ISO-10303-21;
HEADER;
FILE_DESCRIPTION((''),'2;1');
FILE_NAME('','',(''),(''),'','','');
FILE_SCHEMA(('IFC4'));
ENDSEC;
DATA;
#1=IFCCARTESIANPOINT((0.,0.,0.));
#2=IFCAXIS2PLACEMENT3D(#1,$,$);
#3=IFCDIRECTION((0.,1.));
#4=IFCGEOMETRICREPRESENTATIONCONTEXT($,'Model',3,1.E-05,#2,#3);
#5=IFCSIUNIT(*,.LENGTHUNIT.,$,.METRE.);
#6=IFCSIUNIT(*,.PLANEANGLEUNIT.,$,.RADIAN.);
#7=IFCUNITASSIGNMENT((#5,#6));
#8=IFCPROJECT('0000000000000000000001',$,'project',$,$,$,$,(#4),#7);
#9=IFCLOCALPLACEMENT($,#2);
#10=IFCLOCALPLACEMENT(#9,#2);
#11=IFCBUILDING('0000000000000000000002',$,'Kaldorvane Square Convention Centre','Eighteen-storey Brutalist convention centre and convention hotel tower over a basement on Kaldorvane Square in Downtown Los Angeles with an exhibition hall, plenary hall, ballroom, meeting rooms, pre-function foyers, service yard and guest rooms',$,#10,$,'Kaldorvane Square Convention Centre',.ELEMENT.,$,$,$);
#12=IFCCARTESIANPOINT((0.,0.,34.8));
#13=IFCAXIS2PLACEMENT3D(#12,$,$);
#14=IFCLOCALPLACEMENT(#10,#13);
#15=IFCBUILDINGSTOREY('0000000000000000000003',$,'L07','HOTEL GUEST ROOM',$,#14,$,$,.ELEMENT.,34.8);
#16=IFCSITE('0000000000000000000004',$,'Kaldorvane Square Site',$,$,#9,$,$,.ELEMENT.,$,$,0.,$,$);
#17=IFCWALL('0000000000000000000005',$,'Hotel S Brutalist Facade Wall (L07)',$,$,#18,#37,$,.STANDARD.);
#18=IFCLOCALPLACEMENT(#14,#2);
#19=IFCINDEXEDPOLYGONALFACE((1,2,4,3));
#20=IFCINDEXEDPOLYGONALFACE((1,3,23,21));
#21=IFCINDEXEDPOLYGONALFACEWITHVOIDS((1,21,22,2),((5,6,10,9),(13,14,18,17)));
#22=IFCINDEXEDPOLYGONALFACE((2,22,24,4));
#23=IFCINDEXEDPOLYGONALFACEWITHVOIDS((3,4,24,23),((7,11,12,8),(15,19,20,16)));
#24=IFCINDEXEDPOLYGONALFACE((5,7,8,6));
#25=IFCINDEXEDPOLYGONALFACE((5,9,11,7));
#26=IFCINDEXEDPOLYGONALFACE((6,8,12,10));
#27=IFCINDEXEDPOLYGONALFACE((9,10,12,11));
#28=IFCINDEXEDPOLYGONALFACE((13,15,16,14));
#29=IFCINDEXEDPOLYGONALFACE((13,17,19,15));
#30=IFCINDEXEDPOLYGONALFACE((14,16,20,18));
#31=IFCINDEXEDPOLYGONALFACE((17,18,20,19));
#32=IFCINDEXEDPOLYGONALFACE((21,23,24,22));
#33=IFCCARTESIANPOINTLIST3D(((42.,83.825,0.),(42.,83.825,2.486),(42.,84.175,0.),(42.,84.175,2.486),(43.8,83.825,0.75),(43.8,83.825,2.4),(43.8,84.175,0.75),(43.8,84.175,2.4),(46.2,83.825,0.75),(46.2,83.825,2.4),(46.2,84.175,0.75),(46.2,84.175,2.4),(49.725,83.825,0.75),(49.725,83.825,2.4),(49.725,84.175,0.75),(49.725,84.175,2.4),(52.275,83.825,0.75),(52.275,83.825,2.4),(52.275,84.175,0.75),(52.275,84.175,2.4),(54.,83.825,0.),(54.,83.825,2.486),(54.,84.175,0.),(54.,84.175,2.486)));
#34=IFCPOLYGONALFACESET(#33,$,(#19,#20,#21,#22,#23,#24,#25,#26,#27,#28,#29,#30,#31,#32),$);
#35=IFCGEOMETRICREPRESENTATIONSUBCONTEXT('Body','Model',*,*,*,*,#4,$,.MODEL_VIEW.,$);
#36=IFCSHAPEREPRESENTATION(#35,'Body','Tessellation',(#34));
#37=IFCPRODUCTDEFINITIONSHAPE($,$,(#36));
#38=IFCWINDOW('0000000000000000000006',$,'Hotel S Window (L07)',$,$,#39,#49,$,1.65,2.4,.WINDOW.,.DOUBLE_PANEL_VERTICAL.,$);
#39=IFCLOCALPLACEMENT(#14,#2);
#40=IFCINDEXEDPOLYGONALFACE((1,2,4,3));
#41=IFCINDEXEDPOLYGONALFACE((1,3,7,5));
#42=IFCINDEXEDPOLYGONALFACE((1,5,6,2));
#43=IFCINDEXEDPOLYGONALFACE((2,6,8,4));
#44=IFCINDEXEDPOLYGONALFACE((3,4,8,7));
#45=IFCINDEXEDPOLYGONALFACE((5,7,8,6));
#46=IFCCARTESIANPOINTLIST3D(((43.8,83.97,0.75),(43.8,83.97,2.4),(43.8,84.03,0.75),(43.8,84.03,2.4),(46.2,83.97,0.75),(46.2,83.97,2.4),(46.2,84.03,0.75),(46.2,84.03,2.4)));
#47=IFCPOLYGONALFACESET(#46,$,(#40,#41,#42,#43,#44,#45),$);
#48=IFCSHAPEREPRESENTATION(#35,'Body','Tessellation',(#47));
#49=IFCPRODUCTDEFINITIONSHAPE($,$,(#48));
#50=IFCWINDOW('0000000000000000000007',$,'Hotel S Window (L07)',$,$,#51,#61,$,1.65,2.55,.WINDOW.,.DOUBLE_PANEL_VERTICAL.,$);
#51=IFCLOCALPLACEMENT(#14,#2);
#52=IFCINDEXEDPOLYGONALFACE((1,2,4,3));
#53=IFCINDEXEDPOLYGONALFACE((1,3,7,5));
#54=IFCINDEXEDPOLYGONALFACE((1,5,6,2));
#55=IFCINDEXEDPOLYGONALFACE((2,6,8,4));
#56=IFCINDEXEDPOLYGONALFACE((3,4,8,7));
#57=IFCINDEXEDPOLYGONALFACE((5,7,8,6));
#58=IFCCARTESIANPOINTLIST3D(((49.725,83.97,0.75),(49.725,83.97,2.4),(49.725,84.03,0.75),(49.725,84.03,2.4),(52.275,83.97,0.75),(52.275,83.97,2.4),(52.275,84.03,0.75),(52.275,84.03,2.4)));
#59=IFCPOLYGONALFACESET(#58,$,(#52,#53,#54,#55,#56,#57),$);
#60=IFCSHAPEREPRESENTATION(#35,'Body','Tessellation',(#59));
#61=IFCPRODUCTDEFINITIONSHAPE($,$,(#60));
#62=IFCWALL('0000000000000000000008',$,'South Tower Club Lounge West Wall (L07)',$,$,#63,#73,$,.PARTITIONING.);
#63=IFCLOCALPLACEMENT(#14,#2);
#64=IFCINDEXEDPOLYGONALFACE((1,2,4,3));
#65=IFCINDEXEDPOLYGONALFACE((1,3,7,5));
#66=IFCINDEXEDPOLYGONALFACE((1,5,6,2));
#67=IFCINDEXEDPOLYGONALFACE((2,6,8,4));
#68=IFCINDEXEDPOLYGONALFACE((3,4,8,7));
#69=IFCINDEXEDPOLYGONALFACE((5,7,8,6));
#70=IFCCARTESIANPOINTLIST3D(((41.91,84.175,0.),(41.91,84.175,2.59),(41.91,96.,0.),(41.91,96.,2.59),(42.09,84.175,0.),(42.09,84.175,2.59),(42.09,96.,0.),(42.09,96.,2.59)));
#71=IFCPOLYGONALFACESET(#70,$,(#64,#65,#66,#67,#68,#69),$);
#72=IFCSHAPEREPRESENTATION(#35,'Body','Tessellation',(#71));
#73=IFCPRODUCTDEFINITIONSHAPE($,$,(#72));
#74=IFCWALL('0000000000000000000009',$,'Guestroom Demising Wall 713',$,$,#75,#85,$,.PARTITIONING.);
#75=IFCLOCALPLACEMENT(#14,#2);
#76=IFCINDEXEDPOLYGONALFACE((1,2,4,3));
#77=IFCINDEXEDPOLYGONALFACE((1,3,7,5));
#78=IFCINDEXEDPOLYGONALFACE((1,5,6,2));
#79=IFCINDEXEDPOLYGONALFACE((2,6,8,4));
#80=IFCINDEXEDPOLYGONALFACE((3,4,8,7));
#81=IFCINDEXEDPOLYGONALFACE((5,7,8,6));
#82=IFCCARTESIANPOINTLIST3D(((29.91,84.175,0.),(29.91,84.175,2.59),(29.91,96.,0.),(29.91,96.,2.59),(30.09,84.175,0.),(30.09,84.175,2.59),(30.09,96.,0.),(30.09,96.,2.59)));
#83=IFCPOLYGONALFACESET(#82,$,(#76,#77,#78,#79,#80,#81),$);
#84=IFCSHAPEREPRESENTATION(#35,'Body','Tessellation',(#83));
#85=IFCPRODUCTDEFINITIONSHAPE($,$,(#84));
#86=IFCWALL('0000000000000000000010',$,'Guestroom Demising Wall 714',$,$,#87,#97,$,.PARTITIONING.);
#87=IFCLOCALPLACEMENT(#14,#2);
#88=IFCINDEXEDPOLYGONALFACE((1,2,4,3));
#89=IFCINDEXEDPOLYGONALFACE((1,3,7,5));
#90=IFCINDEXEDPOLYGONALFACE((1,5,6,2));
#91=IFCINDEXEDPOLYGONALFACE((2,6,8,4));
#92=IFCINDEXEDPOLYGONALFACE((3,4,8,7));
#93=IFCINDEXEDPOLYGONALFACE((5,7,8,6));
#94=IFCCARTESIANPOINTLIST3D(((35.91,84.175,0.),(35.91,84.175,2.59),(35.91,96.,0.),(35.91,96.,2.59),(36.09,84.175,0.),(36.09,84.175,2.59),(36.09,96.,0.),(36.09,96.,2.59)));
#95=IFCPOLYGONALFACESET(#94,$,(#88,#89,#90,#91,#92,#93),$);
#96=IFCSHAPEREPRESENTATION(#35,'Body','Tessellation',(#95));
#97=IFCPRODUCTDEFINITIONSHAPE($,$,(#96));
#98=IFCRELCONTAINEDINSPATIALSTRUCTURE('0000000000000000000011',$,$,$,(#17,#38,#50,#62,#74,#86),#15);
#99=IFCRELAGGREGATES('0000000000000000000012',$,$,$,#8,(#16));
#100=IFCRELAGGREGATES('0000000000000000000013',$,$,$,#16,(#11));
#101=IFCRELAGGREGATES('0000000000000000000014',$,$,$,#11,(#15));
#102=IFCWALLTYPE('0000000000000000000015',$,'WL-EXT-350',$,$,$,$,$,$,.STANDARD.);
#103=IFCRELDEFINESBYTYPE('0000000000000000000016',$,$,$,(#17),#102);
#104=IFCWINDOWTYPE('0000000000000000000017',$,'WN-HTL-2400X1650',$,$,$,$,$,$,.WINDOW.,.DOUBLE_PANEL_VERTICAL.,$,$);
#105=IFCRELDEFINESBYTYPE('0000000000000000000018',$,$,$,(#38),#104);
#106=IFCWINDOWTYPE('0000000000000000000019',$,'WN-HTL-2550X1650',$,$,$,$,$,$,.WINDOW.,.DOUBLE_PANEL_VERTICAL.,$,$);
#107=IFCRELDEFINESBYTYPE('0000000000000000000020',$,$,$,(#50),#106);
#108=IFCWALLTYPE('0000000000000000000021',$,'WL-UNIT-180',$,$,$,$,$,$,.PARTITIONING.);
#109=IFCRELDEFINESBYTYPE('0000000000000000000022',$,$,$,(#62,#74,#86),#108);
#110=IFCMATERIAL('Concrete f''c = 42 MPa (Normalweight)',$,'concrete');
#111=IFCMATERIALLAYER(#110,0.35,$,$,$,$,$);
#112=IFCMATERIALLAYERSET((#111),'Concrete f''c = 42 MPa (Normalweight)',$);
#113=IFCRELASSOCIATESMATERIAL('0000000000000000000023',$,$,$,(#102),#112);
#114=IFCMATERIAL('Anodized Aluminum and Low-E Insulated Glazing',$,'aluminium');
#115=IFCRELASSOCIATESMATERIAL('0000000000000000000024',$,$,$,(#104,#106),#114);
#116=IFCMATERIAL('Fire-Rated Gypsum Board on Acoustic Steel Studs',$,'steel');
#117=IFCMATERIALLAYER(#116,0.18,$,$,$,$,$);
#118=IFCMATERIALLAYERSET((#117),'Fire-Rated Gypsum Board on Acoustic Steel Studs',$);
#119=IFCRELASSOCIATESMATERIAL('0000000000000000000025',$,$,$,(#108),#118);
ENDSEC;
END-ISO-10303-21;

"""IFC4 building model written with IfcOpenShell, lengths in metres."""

from ifc_helpers import new_model, si_unit, direction, frame, frame_2d, origin, place, context, subcontext, project, spatial, rectangle, extrude, material, layer, layer_set, type_object, element, fill, save


model = new_model("IFC4")

# Units and contexts
model_context = context("Model", 3, precision=1e-05, world=origin(), true_north=direction((0.0, 1.0)))
body_context = subcontext(model_context, "Body", "Model", "MODEL_VIEW")
ifc_project = project(units=[si_unit("LENGTHUNIT", "METRE"), si_unit("PLANEANGLEUNIT", "RADIAN")], contexts=[model_context])

# Site, building, storey
site_placement = place(None, origin())
site = spatial("IfcSite", under=ifc_project, at=site_placement, Name="Kaldorvane Square Site", CompositionType="ELEMENT", RefElevation=0.0)
building_placement = place(site_placement, origin())
building = spatial("IfcBuilding", under=site, at=building_placement, Name="Kaldorvane Square Convention Centre", Description="Eighteen-storey Brutalist convention centre and convention hotel tower over a basement on Kaldorvane Square in Downtown Los Angeles with an exhibition hall, plenary hall, ballroom, meeting rooms, pre-function foyers, service yard and guest rooms", LongName="Kaldorvane Square Convention Centre", CompositionType="ELEMENT")
storey_placement = place(building_placement, frame((0.0, 0.0, 34.8)))
storey = spatial("IfcBuildingStorey", under=building, at=storey_placement, Name="L07", Description="HOTEL GUEST ROOM", CompositionType="ELEMENT", Elevation=34.8)

# Shared definitions
ifc_material_1 = material(Name="Concrete f'c = 42 MPa (Normalweight)", Category="concrete")

# Shared definitions
ifc_material_2 = material(Name="Anodized Aluminum and Low-E Insulated Glazing", Category="aluminium")

# Shared definitions
ifc_material_3 = material(Name="Fire-Rated Gypsum Board on Acoustic Steel Studs", Category="steel")

# Wall, openings, windows
ifc_layer_1 = layer(ifc_material_1, 0.35)
ifc_layer_set_1 = layer_set([ifc_layer_1], Name="Concrete f'c = 42 MPa (Normalweight)")
wall_type_1 = type_object("IfcWallType", Name="WL-EXT-350", PredefinedType="STANDARD", material=ifc_layer_set_1)
wall_1_placement = place(storey_placement, frame((42.0, 84.0, 0.0), z_axis=(0.0, 0.0, 1.0), x_axis=(1.0, 0.0, 0.0)))
wall_1 = element("IfcWall", 1, at=wall_1_placement, inside=storey, type_object=wall_type_1, Name="Hotel S Brutalist Facade Wall (L07)", PredefinedType="STANDARD", context=body_context, shape_type="SweptSolid", body=[
    extrude(rectangle(XDim=12.0, YDim=0.35, at=frame_2d((6.0, 0.0))), origin(), (0.0, 0.0, 1.0), 2.486),
])
opening_1_placement = place(wall_1_placement, frame((1.8, 0.0, 0.75)))
opening_1 = element("IfcOpeningElement", 2, at=opening_1_placement, cuts=wall_1, PredefinedType="OPENING", context=body_context, shape_type="SweptSolid", body=[
    extrude(rectangle(XDim=2.4, YDim=1.65, at=frame_2d((1.2, 0.825))), frame((0.0, 0.19, 0.0), z_axis=(0.0, -1.0, 0.0), x_axis=(1.0, 0.0, 0.0)), (0.0, 0.0, 1.0), 0.38),
])
opening_2_placement = place(wall_1_placement, frame((7.725, 0.0, 0.75)))
opening_2 = element("IfcOpeningElement", 3, at=opening_2_placement, cuts=wall_1, PredefinedType="OPENING", context=body_context, shape_type="SweptSolid", body=[
    extrude(rectangle(XDim=2.55, YDim=1.65, at=frame_2d((1.275, 0.825))), frame((0.0, 0.19, 0.0), z_axis=(0.0, -1.0, 0.0), x_axis=(1.0, 0.0, 0.0)), (0.0, 0.0, 1.0), 0.38),
])
window_type_1 = type_object("IfcWindowType", Name="WN-HTL-2400X1650", PartitioningType="DOUBLE_PANEL_VERTICAL", PredefinedType="WINDOW", material=ifc_material_2)
window_1_placement = place(opening_1_placement, origin())
window_1 = element("IfcWindow", 4, at=window_1_placement, inside=storey, type_object=window_type_1, Name="Hotel S Window (L07)", OverallHeight=1.65, OverallWidth=2.4, PartitioningType="DOUBLE_PANEL_VERTICAL", PredefinedType="WINDOW", context=body_context, shape_type="SweptSolid", body=[
    extrude(rectangle(XDim=2.4, YDim=1.65, at=frame_2d((1.2, 0.825))), frame((0.0, 0.03, 0.0), z_axis=(0.0, -1.0, 0.0), x_axis=(1.0, 0.0, 0.0)), (0.0, 0.0, 1.0), 0.06),
])
fill(opening_1, window_1)
window_type_2 = type_object("IfcWindowType", Name="WN-HTL-2550X1650", PartitioningType="DOUBLE_PANEL_VERTICAL", PredefinedType="WINDOW", material=ifc_material_2)
window_2_placement = place(opening_2_placement, origin())
window_2 = element("IfcWindow", 5, at=window_2_placement, inside=storey, type_object=window_type_2, Name="Hotel S Window (L07)", OverallHeight=1.65, OverallWidth=2.55, PartitioningType="DOUBLE_PANEL_VERTICAL", PredefinedType="WINDOW", context=body_context, shape_type="SweptSolid", body=[
    extrude(rectangle(XDim=2.55, YDim=1.65, at=frame_2d((1.275, 0.825))), frame((0.0, 0.03, 0.0), z_axis=(0.0, -1.0, 0.0), x_axis=(1.0, 0.0, 0.0)), (0.0, 0.0, 1.0), 0.06),
])
fill(opening_2, window_2)

# Walls
ifc_layer_2 = layer(ifc_material_3, 0.18)
ifc_layer_set_2 = layer_set([ifc_layer_2], Name="Fire-Rated Gypsum Board on Acoustic Steel Studs")
wall_type_2 = type_object("IfcWallType", Name="WL-UNIT-180", PredefinedType="PARTITIONING", material=ifc_layer_set_2)
for number, where, z_axis, x_axis, name in (
    (6, (42.0, 84.175, 0.0), (0.0, 0.0, 1.0), (0.0, 1.0, 0.0), "South Tower Club Lounge West Wall (L07)"),
    (7, (30.0, 84.175, 0.0), (0.0, 0.0, 1.0), (0.0, 1.0, 0.0), "Guestroom Demising Wall 713"),
    (8, (36.0, 84.175, 0.0), (0.0, 0.0, 1.0), (0.0, 1.0, 0.0), "Guestroom Demising Wall 714"),
):
    element("IfcWall", number, at=place(storey_placement, frame(where, z_axis=z_axis, x_axis=x_axis)), inside=storey, type_object=wall_type_2, Name=name, PredefinedType="PARTITIONING", context=body_context, shape_type="SweptSolid", body=[
        extrude(rectangle(XDim=11.825, YDim=0.18, at=frame_2d((5.9125, 0.0))), origin(), (0.0, 0.0, 1.0), 2.59),
    ])

save(model, "model.ifc")
